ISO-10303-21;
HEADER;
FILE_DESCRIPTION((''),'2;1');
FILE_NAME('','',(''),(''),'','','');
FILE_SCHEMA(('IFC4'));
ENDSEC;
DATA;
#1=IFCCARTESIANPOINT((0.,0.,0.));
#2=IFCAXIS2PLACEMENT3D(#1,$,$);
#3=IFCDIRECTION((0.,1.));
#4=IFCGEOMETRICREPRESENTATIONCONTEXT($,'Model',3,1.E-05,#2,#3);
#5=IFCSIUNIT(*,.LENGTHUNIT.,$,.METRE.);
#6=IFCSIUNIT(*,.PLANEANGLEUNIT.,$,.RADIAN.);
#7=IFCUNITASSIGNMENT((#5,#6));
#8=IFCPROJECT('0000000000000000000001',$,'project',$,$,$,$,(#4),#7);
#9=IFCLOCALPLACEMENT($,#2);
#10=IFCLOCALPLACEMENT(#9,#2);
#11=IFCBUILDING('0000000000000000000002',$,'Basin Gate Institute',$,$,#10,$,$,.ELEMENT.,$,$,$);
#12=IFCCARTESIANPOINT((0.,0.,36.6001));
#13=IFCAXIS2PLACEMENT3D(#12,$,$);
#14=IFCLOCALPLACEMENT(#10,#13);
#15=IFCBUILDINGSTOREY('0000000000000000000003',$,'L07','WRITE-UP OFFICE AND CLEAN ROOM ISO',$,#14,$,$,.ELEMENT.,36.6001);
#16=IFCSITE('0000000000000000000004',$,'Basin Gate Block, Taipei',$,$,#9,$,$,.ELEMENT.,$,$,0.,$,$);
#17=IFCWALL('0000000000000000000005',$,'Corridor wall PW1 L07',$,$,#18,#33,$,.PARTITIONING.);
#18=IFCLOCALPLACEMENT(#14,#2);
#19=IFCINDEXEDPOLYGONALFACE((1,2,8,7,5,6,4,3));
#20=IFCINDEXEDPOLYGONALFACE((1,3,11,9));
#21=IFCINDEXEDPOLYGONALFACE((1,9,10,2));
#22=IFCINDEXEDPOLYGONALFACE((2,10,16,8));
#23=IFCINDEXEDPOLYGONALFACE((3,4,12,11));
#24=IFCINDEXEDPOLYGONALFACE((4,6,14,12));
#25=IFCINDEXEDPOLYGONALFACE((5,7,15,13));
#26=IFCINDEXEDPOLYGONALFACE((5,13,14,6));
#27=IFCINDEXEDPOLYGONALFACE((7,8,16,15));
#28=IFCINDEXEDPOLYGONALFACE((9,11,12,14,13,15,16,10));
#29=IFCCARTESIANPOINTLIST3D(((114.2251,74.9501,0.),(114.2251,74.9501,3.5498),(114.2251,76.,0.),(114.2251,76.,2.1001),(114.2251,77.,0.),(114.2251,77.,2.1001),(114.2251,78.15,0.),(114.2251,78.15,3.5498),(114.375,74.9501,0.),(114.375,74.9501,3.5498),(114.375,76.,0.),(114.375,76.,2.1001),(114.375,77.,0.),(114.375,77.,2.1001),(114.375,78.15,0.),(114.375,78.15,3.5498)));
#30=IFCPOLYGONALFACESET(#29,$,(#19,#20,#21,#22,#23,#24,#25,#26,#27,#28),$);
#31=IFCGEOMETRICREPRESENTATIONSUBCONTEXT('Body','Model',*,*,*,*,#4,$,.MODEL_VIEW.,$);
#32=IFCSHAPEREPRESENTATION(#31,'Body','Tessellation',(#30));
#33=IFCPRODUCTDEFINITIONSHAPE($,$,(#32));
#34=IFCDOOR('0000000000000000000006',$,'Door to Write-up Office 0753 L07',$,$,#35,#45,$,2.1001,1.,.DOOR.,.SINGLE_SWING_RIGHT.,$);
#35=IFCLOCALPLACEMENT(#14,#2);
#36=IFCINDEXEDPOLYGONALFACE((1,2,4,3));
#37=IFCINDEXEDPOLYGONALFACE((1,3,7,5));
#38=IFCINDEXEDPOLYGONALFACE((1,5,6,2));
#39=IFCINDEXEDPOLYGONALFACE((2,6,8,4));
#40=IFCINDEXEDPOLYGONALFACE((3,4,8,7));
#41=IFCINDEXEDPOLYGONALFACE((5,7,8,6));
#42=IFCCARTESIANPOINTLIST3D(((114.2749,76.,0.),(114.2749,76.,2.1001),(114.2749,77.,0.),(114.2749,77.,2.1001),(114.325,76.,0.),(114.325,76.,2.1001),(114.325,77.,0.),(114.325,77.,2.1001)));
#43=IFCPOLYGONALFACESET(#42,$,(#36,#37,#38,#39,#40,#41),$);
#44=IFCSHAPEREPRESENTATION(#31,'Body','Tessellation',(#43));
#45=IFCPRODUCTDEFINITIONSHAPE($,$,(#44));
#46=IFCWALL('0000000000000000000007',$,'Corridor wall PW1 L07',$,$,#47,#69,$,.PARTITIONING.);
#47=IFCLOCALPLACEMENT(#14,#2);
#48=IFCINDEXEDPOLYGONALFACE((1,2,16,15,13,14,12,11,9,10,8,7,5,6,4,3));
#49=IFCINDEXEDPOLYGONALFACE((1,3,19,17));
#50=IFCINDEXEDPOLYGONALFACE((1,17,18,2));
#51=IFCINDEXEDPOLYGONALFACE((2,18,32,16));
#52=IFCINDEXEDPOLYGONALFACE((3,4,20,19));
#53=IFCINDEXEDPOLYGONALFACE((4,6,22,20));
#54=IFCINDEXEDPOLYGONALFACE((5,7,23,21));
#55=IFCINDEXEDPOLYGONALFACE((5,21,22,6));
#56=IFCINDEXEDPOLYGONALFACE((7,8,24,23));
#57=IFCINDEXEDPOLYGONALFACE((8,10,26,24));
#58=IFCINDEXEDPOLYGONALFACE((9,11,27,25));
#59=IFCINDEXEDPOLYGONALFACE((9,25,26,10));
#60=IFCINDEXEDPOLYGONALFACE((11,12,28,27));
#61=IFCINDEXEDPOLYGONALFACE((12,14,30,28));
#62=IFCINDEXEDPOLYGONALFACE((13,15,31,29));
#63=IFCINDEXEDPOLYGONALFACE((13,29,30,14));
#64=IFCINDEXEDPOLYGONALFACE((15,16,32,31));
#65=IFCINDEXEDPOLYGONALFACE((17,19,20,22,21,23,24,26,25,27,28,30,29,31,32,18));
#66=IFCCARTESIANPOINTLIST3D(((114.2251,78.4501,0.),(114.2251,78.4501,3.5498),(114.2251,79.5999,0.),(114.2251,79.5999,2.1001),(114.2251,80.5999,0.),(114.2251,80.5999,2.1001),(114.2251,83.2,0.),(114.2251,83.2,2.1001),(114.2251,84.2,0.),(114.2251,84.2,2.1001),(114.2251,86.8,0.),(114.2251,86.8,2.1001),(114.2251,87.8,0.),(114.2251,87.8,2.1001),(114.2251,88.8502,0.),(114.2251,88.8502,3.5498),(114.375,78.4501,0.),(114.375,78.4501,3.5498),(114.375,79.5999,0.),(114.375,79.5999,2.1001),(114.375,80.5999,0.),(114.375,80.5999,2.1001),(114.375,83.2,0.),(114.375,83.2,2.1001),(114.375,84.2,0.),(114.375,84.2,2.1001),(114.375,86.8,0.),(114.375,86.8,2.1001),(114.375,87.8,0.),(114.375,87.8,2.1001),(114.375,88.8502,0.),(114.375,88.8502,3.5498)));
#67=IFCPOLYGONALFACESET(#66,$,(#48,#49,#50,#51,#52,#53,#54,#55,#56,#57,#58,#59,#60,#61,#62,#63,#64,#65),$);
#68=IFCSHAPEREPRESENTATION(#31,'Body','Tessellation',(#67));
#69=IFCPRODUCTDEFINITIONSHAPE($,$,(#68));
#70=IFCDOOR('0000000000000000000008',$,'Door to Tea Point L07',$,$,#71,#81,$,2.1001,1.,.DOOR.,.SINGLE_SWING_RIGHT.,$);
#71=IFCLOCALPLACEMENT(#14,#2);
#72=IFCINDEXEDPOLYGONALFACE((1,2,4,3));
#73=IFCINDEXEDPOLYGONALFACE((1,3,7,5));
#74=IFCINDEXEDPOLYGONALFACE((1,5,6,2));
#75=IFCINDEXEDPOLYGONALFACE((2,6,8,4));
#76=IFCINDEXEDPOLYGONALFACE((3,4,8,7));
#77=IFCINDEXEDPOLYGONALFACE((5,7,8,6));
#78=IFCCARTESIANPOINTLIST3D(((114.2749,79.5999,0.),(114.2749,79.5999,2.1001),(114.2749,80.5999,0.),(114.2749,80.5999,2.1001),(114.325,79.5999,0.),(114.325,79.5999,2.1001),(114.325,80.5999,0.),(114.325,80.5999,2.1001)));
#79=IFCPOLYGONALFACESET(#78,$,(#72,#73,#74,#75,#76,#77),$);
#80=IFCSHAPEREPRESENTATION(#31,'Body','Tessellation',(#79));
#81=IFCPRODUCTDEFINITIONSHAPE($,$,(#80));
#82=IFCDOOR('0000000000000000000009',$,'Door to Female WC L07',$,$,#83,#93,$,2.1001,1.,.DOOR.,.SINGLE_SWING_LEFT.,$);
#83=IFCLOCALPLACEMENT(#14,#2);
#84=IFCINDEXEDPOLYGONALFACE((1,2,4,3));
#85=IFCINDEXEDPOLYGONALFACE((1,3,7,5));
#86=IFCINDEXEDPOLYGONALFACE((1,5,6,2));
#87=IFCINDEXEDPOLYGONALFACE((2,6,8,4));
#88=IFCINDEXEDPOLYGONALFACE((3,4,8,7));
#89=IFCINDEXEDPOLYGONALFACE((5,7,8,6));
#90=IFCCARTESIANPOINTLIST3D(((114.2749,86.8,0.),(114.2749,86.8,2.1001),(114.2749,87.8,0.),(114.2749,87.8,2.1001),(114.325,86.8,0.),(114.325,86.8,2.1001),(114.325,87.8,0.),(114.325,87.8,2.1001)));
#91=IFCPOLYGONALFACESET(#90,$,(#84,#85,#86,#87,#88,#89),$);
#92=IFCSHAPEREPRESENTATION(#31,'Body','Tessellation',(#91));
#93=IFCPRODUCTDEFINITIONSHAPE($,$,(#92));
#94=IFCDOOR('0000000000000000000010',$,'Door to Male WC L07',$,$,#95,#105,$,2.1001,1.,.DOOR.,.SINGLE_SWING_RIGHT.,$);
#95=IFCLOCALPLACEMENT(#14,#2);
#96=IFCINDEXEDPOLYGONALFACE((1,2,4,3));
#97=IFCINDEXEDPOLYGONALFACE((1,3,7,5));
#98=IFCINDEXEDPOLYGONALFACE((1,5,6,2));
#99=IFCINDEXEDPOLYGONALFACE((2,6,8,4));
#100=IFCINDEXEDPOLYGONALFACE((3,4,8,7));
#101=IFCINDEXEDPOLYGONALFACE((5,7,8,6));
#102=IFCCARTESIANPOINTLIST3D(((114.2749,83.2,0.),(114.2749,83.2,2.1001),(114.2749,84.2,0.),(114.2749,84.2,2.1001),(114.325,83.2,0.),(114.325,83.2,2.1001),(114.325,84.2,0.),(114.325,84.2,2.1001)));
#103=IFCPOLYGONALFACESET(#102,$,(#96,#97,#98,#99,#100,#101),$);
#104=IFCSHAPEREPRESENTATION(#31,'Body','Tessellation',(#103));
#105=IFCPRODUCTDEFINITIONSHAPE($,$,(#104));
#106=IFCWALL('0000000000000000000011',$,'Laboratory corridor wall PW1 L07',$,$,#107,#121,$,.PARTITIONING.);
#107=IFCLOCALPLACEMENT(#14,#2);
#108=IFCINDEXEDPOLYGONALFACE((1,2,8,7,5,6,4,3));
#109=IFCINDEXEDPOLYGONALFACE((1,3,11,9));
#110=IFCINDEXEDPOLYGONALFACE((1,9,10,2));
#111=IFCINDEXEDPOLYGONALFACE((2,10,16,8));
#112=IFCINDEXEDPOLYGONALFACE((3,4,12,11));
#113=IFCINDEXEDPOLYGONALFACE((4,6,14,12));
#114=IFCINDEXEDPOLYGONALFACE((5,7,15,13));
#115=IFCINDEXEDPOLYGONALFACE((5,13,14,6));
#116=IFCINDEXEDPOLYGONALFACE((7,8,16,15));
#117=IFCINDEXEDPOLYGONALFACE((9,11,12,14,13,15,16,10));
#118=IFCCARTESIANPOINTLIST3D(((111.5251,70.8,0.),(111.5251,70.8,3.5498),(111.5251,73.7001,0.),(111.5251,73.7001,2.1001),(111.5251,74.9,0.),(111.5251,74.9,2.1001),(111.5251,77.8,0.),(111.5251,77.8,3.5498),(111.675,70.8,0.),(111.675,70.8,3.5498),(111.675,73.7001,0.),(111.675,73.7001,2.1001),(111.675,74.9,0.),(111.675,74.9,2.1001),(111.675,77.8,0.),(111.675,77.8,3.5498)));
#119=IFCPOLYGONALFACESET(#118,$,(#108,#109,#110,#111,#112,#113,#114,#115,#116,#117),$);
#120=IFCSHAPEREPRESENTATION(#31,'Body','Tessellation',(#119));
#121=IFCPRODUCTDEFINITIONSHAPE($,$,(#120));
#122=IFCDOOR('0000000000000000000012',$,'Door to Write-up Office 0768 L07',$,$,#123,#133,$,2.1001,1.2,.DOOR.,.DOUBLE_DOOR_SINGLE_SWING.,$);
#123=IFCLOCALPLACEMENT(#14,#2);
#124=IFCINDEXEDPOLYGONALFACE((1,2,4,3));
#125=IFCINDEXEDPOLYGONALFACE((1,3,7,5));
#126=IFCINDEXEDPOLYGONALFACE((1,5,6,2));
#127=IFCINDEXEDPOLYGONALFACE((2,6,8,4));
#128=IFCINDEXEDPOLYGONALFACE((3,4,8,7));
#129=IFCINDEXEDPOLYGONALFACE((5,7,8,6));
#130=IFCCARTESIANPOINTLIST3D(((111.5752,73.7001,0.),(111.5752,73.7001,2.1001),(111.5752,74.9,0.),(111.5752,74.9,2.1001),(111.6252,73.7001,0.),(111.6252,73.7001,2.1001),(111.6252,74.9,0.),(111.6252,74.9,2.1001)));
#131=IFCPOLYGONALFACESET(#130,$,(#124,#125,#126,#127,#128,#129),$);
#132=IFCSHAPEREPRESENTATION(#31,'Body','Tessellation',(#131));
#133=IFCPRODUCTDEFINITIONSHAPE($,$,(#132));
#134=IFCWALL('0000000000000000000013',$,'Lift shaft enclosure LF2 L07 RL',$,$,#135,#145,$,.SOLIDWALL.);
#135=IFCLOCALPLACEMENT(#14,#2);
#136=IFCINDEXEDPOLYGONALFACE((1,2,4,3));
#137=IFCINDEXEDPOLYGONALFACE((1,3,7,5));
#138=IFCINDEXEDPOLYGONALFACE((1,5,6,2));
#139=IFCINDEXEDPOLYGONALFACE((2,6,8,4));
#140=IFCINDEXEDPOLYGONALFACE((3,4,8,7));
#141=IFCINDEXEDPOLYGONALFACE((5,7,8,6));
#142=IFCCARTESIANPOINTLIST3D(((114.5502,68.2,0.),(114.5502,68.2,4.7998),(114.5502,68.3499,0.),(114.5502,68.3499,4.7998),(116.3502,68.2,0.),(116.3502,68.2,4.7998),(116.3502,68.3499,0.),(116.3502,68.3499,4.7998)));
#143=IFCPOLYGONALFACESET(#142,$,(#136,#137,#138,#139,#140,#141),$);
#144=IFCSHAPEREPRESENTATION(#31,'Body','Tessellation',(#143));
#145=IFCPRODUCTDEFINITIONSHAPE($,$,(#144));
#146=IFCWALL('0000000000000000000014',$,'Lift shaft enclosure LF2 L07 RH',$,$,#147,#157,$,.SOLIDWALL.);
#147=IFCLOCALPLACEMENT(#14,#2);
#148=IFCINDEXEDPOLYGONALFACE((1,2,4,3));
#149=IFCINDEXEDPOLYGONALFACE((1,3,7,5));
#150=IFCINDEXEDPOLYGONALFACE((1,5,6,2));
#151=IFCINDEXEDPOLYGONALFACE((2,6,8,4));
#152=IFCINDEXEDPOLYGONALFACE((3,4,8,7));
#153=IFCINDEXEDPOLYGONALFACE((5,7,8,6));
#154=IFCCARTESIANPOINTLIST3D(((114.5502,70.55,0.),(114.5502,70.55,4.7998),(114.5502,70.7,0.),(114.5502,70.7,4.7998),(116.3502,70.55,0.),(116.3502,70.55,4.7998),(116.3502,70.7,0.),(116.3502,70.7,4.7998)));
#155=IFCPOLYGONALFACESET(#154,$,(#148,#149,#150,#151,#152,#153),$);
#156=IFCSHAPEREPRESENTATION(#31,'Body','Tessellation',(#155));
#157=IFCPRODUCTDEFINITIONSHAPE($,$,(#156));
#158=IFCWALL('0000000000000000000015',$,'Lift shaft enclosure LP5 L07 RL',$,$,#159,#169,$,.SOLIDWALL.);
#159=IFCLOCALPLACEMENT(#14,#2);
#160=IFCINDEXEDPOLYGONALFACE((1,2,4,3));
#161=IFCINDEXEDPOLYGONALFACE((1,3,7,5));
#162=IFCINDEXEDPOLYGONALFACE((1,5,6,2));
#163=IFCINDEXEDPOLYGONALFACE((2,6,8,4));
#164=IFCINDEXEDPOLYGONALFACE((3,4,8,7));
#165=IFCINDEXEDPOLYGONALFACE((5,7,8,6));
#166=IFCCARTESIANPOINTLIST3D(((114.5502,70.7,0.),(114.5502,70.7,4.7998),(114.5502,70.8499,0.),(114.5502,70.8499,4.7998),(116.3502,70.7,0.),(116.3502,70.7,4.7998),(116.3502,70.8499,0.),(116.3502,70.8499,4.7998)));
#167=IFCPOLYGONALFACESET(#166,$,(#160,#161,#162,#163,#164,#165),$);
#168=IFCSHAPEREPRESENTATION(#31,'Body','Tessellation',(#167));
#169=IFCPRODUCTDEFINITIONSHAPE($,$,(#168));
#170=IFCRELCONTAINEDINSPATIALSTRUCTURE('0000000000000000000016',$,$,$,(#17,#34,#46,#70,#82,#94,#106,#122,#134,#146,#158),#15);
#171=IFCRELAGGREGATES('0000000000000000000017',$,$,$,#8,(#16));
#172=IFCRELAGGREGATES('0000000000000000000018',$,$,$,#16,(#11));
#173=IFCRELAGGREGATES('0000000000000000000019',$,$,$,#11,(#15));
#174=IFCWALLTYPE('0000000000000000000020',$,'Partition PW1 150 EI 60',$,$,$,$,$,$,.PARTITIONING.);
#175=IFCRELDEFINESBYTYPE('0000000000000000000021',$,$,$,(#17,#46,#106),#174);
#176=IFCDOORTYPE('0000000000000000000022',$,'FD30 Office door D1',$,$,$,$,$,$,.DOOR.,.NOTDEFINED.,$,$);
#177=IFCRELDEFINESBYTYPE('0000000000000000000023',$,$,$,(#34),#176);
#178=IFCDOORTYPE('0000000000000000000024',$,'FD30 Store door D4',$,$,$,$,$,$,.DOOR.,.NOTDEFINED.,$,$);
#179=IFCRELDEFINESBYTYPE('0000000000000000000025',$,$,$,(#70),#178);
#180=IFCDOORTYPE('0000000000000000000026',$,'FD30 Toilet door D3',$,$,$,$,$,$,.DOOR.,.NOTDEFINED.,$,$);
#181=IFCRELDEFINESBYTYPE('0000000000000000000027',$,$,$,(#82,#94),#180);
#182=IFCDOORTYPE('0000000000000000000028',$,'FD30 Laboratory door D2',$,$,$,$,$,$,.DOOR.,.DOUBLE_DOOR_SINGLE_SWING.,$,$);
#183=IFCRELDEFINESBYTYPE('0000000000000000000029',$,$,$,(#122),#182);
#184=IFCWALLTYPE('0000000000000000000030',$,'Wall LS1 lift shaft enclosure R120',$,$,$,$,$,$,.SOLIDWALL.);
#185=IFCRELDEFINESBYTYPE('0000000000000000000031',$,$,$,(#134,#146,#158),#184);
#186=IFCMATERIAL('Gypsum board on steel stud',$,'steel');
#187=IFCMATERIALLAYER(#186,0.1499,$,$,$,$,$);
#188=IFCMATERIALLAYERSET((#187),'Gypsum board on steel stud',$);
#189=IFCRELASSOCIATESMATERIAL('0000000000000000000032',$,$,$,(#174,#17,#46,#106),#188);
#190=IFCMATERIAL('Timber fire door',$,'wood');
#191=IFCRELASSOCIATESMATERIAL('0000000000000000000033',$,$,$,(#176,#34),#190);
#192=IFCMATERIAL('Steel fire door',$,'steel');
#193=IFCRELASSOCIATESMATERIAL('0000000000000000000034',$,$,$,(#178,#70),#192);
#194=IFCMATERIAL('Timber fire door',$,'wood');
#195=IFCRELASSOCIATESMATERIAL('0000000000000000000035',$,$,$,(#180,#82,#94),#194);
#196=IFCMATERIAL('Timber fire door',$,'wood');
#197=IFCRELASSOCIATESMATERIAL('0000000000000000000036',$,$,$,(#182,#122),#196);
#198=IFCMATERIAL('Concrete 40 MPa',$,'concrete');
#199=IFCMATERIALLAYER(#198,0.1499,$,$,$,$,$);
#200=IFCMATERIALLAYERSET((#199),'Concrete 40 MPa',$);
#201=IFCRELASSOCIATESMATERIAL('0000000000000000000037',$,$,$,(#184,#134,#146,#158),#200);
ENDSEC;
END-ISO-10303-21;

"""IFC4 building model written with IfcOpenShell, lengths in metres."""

from ifc_helpers import new_model, si_unit, direction, frame, frame_2d, origin, place, context, subcontext, project, spatial, rectangle, extrude, material, layer, layer_set, type_object, element, fill, save


model = new_model("IFC4")

# Units and contexts
model_context = context("Model", 3, precision=1e-05, world=origin(), true_north=direction((0.0, 1.0)))
body_context = subcontext(model_context, "Body", "Model", "MODEL_VIEW")
ifc_project = project(units=[si_unit("LENGTHUNIT", "METRE"), si_unit("PLANEANGLEUNIT", "RADIAN")], contexts=[model_context])

# Site, building, storey
site_placement = place(None, origin())
site = spatial("IfcSite", under=ifc_project, at=site_placement, Name="Basin Gate Block, Taipei", CompositionType="ELEMENT", RefElevation=0.0)
building_placement = place(site_placement, origin())
building = spatial("IfcBuilding", under=site, at=building_placement, Name="Basin Gate Institute", CompositionType="ELEMENT")
storey_placement = place(building_placement, frame((0.0, 0.0, 36.6001)))
storey = spatial("IfcBuildingStorey", under=building, at=storey_placement, Name="L07", Description="WRITE-UP OFFICE AND CLEAN ROOM ISO", CompositionType="ELEMENT", Elevation=36.6001)

# Wall, opening, door
ifc_material_1 = material(Name="Gypsum board on steel stud", Category="steel")
ifc_layer_1 = layer(ifc_material_1, 0.1499)
ifc_layer_set_1 = layer_set([ifc_layer_1], Name="Gypsum board on steel stud")
wall_type_1 = type_object("IfcWallType", Name="Partition PW1 150 EI 60", PredefinedType="PARTITIONING", material=ifc_layer_set_1)
wall_1_placement = place(storey_placement, frame((114.3, 74.95, 0.0), z_axis=(0.0, 0.0, 1.0), x_axis=(0.0, 1.0, 0.0)))
wall_1 = element("IfcWall", 1, at=wall_1_placement, inside=storey, type_object=wall_type_1, material=ifc_layer_set_1, Name="Corridor wall PW1 L07", PredefinedType="PARTITIONING", context=body_context, shape_type="SweptSolid", body=[
    extrude(rectangle(XDim=3.2, YDim=0.1499, at=frame_2d((1.6001, 0.0))), origin(), (0.0, 0.0, 1.0), 3.5498),
])
opening_1_placement = place(wall_1_placement, frame((1.05, 0.0, 0.0)))
opening_1 = element("IfcOpeningElement", 2, at=opening_1_placement, cuts=wall_1, PredefinedType="OPENING", context=body_context, shape_type="SweptSolid", body=[
    extrude(rectangle(XDim=1.0, YDim=2.1001, at=frame_2d((0.5, 1.05))), frame((0.0, 0.085, 0.0), z_axis=(0.0, -1.0, 0.0), x_axis=(1.0, 0.0, 0.0)), (0.0, 0.0, 1.0), 0.1699),
])
ifc_material_2 = material(Name="Timber fire door", Category="wood")
door_type_1 = type_object("IfcDoorType", Name="FD30 Office door D1", OperationType="NOTDEFINED", PredefinedType="DOOR", material=ifc_material_2)
door_1_placement = place(opening_1_placement, frame((1.0, 0.0, 0.0), z_axis=(0.0, 0.0, 1.0), x_axis=(-1.0, 0.0, 0.0)))
door_1 = element("IfcDoor", 3, at=door_1_placement, inside=storey, type_object=door_type_1, material=ifc_material_2, Name="Door to Write-up Office 0753 L07", OperationType="SINGLE_SWING_RIGHT", OverallHeight=2.1001, OverallWidth=1.0, PredefinedType="DOOR", context=body_context, shape_type="SweptSolid", body=[
    extrude(rectangle(XDim=1.0, YDim=2.1001, at=frame_2d((0.5, 1.05))), frame((0.0, 0.0249, 0.0), z_axis=(0.0, -1.0, 0.0), x_axis=(1.0, 0.0, 0.0)), (0.0, 0.0, 1.0), 0.05),
])
fill(opening_1, door_1)

# Wall, openings, doors
wall_2_placement = place(storey_placement, frame((114.3, 78.45, 0.0), z_axis=(0.0, 0.0, 1.0), x_axis=(0.0, 1.0, 0.0)))
wall_2 = element("IfcWall", 4, at=wall_2_placement, inside=storey, type_object=wall_type_1, material=ifc_layer_set_1, Name="Corridor wall PW1 L07", PredefinedType="PARTITIONING", context=body_context, shape_type="SweptSolid", body=[
    extrude(rectangle(XDim=10.4001, YDim=0.1499, at=frame_2d((5.2002, 0.0))), origin(), (0.0, 0.0, 1.0), 3.5498),
])
opening_2_placement = place(wall_2_placement, frame((8.3501, 0.0, 0.0)))
opening_2 = element("IfcOpeningElement", 5, at=opening_2_placement, cuts=wall_2, PredefinedType="OPENING", context=body_context, shape_type="SweptSolid", body=[
    extrude(rectangle(XDim=1.0, YDim=2.1001, at=frame_2d((0.5, 1.05))), frame((0.0, 0.085, 0.0), z_axis=(0.0, -1.0, 0.0), x_axis=(1.0, 0.0, 0.0)), (0.0, 0.0, 1.0), 0.1699),
])
opening_3_placement = place(wall_2_placement, frame((4.75, 0.0, 0.0)))
opening_3 = element("IfcOpeningElement", 6, at=opening_3_placement, cuts=wall_2, PredefinedType="OPENING", context=body_context, shape_type="SweptSolid", body=[
    extrude(rectangle(XDim=1.0, YDim=2.1001, at=frame_2d((0.5, 1.05))), frame((0.0, 0.085, 0.0), z_axis=(0.0, -1.0, 0.0), x_axis=(1.0, 0.0, 0.0)), (0.0, 0.0, 1.0), 0.1699),
])
opening_4_placement = place(wall_2_placement, frame((1.1499, 0.0, 0.0)))
opening_4 = element("IfcOpeningElement", 7, at=opening_4_placement, cuts=wall_2, PredefinedType="OPENING", context=body_context, shape_type="SweptSolid", body=[
    extrude(rectangle(XDim=1.0, YDim=2.1001, at=frame_2d((0.5, 1.05))), frame((0.0, 0.085, 0.0), z_axis=(0.0, -1.0, 0.0), x_axis=(1.0, 0.0, 0.0)), (0.0, 0.0, 1.0), 0.1699),
])
ifc_material_3 = material(Name="Steel fire door", Category="steel")
door_type_2 = type_object("IfcDoorType", Name="FD30 Store door D4", OperationType="NOTDEFINED", PredefinedType="DOOR", material=ifc_material_3)
door_2_placement = place(opening_4_placement, frame((1.0, 0.0, 0.0), z_axis=(0.0, 0.0, 1.0), x_axis=(-1.0, 0.0, 0.0)))
door_2 = element("IfcDoor", 8, at=door_2_placement, inside=storey, type_object=door_type_2, material=ifc_material_3, Name="Door to Tea Point L07", OperationType="SINGLE_SWING_RIGHT", OverallHeight=2.1001, OverallWidth=1.0, PredefinedType="DOOR", context=body_context, shape_type="SweptSolid", body=[
    extrude(rectangle(XDim=1.0, YDim=2.1001, at=frame_2d((0.5, 1.05))), frame((0.0, 0.0249, 0.0), z_axis=(0.0, -1.0, 0.0), x_axis=(1.0, 0.0, 0.0)), (0.0, 0.0, 1.0), 0.05),
])
fill(opening_4, door_2)
ifc_material_4 = material(Name="Timber fire door", Category="wood")
door_type_3 = type_object("IfcDoorType", Name="FD30 Toilet door D3", OperationType="NOTDEFINED", PredefinedType="DOOR", material=ifc_material_4)
door_3_placement = place(opening_2_placement, frame((1.0, 0.0, 0.0), z_axis=(0.0, 0.0, 1.0), x_axis=(-1.0, 0.0, 0.0)))
door_3 = element("IfcDoor", 9, at=door_3_placement, inside=storey, type_object=door_type_3, material=ifc_material_4, Name="Door to Female WC L07", OperationType="SINGLE_SWING_LEFT", OverallHeight=2.1001, OverallWidth=1.0, PredefinedType="DOOR", context=body_context, shape_type="SweptSolid", body=[
    extrude(rectangle(XDim=1.0, YDim=2.1001, at=frame_2d((0.5, 1.05))), frame((0.0, 0.0249, 0.0), z_axis=(0.0, -1.0, 0.0), x_axis=(1.0, 0.0, 0.0)), (0.0, 0.0, 1.0), 0.05),
])
fill(opening_2, door_3)
door_4_placement = place(opening_3_placement, frame((1.0, 0.0, 0.0), z_axis=(0.0, 0.0, 1.0), x_axis=(-1.0, 0.0, 0.0)))
door_4 = element("IfcDoor", 10, at=door_4_placement, inside=storey, type_object=door_type_3, material=ifc_material_4, Name="Door to Male WC L07", OperationType="SINGLE_SWING_RIGHT", OverallHeight=2.1001, OverallWidth=1.0, PredefinedType="DOOR", context=body_context, shape_type="SweptSolid", body=[
    extrude(rectangle(XDim=1.0, YDim=2.1001, at=frame_2d((0.5, 1.05))), frame((0.0, 0.0249, 0.0), z_axis=(0.0, -1.0, 0.0), x_axis=(1.0, 0.0, 0.0)), (0.0, 0.0, 1.0), 0.05),
])
fill(opening_3, door_4)

# Wall, opening, door
wall_3_placement = place(storey_placement, frame((111.6001, 70.8, 0.0), z_axis=(0.0, 0.0, 1.0), x_axis=(0.0, 1.0, 0.0)))
wall_3 = element("IfcWall", 11, at=wall_3_placement, inside=storey, type_object=wall_type_1, material=ifc_layer_set_1, Name="Laboratory corridor wall PW1 L07", PredefinedType="PARTITIONING", context=body_context, shape_type="SweptSolid", body=[
    extrude(rectangle(XDim=7.0, YDim=0.1499, at=frame_2d((3.5, 0.0))), origin(), (0.0, 0.0, 1.0), 3.5498),
])
opening_5_placement = place(wall_3_placement, frame((2.8999, 0.0, 0.0)))
opening_5 = element("IfcOpeningElement", 12, at=opening_5_placement, cuts=wall_3, PredefinedType="OPENING", context=body_context, shape_type="SweptSolid", body=[
    extrude(rectangle(XDim=1.2, YDim=2.1001, at=frame_2d((0.6001, 1.05))), frame((0.0, 0.085, 0.0), z_axis=(0.0, -1.0, 0.0), x_axis=(1.0, 0.0, 0.0)), (0.0, 0.0, 1.0), 0.1699),
])
ifc_material_5 = material(Name="Timber fire door", Category="wood")
door_type_4 = type_object("IfcDoorType", Name="FD30 Laboratory door D2", OperationType="DOUBLE_DOOR_SINGLE_SWING", PredefinedType="DOOR", material=ifc_material_5)
door_5_placement = place(opening_5_placement, origin())
door_5 = element("IfcDoor", 13, at=door_5_placement, inside=storey, type_object=door_type_4, material=ifc_material_5, Name="Door to Write-up Office 0768 L07", OperationType="DOUBLE_DOOR_SINGLE_SWING", OverallHeight=2.1001, OverallWidth=1.2, PredefinedType="DOOR", context=body_context, shape_type="SweptSolid", body=[
    extrude(rectangle(XDim=1.2, YDim=2.1001, at=frame_2d((0.6001, 1.05))), frame((0.0, 0.0249, 0.0), z_axis=(0.0, -1.0, 0.0), x_axis=(1.0, 0.0, 0.0)), (0.0, 0.0, 1.0), 0.05),
])
fill(opening_5, door_5)

# Walls
ifc_material_6 = material(Name="Concrete 40 MPa", Category="concrete")
ifc_layer_2 = layer(ifc_material_6, 0.1499)
ifc_layer_set_2 = layer_set([ifc_layer_2], Name="Concrete 40 MPa")
wall_type_2 = type_object("IfcWallType", Name="Wall LS1 lift shaft enclosure R120", PredefinedType="SOLIDWALL", material=ifc_layer_set_2)
for number, where, z_axis, x_axis, name in (
    (14, (116.3501, 68.2749, 0.0), (0.0, 0.0, 1.0), (-1.0, 0.0, 0.0), "Lift shaft enclosure LF2 L07 RL"),
    (15, (116.3501, 70.625, 0.0), (0.0, 0.0, 1.0), (-1.0, 0.0, 0.0), "Lift shaft enclosure LF2 L07 RH"),
    (16, (116.3501, 70.7749, 0.0), (0.0, 0.0, 1.0), (-1.0, 0.0, 0.0), "Lift shaft enclosure LP5 L07 RL"),
):
    element("IfcWall", number, at=place(storey_placement, frame(where, z_axis=z_axis, x_axis=x_axis)), inside=storey, type_object=wall_type_2, material=ifc_layer_set_2, Name=name, PredefinedType="SOLIDWALL", context=body_context, shape_type="SweptSolid", body=[
        extrude(rectangle(XDim=1.8, YDim=0.1499, at=frame_2d((0.8999, 0.0))), origin(), (0.0, 0.0, 1.0), 4.7998),
    ])

save(model, "model.ifc")
